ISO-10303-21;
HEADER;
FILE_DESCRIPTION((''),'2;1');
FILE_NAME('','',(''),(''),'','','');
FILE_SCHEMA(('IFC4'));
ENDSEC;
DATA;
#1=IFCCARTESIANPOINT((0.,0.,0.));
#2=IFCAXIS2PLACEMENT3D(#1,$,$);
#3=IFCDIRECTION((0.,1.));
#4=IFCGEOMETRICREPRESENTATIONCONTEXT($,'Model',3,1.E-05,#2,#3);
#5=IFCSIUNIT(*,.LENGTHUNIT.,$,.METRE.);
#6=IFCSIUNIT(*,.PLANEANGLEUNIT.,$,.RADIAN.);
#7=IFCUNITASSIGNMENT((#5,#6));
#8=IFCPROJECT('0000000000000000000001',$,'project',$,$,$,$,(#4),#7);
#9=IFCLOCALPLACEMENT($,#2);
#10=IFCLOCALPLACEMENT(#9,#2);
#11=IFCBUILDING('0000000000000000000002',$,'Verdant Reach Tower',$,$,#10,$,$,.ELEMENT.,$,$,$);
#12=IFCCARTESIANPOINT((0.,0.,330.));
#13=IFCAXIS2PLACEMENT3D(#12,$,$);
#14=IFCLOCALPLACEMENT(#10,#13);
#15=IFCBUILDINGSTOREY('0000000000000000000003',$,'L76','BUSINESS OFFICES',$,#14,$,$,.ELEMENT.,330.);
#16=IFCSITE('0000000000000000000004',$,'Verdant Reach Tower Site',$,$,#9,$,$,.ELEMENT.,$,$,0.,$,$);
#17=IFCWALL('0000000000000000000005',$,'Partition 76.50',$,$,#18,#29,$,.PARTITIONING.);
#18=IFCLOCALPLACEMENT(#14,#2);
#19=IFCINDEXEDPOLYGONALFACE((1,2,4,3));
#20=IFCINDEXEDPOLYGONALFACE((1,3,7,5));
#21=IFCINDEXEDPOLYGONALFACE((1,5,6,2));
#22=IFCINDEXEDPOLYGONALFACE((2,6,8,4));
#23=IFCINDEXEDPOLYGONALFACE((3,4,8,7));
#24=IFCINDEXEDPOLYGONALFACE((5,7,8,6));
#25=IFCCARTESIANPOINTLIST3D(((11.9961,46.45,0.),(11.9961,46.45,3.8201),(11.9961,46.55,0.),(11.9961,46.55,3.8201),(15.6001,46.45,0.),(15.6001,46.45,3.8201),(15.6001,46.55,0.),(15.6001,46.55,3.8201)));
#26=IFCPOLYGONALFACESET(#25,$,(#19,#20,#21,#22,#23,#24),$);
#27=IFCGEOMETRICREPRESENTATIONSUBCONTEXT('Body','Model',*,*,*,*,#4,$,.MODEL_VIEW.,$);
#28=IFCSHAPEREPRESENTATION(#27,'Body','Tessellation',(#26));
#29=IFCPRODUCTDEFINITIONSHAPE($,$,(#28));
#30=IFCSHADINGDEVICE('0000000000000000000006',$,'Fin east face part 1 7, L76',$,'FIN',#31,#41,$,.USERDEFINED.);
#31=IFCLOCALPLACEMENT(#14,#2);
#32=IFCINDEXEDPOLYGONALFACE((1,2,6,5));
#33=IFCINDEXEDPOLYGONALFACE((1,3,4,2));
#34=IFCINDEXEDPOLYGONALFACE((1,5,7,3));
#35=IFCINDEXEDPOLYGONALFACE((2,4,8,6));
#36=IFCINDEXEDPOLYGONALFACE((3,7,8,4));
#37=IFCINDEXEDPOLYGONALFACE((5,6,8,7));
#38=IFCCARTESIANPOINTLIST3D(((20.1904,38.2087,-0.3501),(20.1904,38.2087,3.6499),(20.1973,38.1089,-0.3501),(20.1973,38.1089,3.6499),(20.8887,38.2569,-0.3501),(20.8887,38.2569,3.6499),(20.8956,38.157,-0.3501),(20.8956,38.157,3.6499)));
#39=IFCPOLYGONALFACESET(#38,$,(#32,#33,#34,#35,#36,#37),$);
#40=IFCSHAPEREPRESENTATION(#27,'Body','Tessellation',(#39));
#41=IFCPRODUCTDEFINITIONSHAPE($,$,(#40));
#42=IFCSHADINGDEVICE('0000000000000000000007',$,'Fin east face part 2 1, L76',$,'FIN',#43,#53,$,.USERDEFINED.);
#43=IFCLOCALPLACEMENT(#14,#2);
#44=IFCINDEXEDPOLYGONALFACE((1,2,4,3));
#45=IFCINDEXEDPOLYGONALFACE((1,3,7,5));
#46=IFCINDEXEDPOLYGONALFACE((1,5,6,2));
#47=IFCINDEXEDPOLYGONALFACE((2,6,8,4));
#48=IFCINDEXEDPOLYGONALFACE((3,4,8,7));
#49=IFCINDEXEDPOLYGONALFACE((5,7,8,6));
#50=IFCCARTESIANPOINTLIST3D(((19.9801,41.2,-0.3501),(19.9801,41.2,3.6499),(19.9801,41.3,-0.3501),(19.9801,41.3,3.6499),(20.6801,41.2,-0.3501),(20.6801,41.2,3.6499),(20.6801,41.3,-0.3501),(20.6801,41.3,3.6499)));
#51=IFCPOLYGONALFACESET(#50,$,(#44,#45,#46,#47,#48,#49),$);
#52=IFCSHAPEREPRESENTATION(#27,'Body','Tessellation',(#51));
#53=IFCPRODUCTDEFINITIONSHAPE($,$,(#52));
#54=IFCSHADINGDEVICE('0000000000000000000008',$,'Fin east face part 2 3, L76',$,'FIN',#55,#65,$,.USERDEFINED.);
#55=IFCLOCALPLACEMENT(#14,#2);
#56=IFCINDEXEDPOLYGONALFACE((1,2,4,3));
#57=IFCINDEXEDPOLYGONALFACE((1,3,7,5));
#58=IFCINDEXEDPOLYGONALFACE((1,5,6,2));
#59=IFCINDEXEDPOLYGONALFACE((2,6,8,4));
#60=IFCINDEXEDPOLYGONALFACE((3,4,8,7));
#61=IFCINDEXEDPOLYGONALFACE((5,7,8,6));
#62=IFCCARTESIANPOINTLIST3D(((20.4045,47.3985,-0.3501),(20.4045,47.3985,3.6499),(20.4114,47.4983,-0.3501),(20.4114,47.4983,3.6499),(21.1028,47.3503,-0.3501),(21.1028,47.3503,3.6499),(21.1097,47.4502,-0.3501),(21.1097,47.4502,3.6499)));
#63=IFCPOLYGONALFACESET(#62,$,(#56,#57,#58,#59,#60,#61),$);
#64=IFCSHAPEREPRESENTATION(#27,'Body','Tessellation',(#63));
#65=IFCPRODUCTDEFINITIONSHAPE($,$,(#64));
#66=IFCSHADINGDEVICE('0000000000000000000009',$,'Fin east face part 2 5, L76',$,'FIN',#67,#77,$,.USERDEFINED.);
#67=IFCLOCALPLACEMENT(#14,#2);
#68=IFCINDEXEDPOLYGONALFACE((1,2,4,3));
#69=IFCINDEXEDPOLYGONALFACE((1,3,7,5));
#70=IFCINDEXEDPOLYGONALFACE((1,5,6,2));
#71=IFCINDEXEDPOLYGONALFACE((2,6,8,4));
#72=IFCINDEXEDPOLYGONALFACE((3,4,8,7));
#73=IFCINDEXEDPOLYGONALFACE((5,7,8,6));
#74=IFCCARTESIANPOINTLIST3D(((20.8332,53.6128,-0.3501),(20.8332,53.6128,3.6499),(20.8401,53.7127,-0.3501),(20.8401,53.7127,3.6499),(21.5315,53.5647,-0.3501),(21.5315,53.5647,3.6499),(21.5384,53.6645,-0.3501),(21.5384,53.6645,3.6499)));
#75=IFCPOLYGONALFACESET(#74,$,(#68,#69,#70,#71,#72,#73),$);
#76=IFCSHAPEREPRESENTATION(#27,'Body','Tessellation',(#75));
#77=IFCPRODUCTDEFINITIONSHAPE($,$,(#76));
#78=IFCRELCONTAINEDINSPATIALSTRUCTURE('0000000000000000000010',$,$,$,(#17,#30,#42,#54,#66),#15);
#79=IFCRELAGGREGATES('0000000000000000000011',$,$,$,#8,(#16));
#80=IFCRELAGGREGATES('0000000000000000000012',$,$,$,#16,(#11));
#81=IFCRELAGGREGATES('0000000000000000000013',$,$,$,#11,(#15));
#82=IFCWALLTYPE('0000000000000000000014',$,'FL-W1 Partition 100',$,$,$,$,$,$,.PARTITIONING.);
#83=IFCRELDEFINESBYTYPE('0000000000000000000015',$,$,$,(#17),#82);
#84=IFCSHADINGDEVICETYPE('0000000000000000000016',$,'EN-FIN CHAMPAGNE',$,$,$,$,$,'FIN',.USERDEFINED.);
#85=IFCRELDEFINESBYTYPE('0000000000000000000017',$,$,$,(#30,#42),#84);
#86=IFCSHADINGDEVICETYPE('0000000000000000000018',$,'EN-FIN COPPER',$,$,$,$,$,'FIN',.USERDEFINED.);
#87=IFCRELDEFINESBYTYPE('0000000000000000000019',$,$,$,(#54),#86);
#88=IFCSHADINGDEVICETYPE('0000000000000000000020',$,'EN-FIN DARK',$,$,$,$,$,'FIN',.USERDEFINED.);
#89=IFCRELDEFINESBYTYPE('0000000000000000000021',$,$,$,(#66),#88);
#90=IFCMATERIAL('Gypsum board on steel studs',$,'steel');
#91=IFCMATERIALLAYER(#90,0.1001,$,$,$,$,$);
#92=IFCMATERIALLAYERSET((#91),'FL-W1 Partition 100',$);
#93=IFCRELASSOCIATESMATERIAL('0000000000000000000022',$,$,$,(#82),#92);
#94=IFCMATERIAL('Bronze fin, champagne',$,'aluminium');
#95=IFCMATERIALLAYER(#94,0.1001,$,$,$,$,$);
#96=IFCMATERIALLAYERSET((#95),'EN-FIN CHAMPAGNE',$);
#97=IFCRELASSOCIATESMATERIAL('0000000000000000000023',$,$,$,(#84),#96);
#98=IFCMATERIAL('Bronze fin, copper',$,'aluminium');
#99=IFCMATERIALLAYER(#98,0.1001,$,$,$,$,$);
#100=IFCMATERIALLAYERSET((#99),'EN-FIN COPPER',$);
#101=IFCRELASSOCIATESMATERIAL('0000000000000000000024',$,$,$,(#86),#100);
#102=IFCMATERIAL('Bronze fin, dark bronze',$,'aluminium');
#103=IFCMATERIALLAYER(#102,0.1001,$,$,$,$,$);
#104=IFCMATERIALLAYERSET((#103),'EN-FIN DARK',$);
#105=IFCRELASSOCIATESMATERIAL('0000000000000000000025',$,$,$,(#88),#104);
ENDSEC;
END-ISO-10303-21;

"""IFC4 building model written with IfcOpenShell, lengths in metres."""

from ifc_helpers import new_model, si_unit, direction, frame, frame_2d, origin, origin_2d, place, context, subcontext, project, spatial, rectangle, extrude, material, layer, layer_set, type_object, element, save


model = new_model("IFC4")

# Units and contexts
model_context = context("Model", 3, precision=1e-05, world=origin(), true_north=direction((0.0, 1.0)))
body_context = subcontext(model_context, "Body", "Model", "MODEL_VIEW")
ifc_project = project(units=[si_unit("LENGTHUNIT", "METRE"), si_unit("PLANEANGLEUNIT", "RADIAN")], contexts=[model_context])

# Site, building, storey
site_placement = place(None, origin())
site = spatial("IfcSite", under=ifc_project, at=site_placement, Name="Verdant Reach Tower Site", CompositionType="ELEMENT", RefElevation=0.0)
building_placement = place(site_placement, origin())
building = spatial("IfcBuilding", under=site, at=building_placement, Name="Verdant Reach Tower", CompositionType="ELEMENT")
storey_placement = place(building_placement, frame((0.0, 0.0, 330.0)))
storey = spatial("IfcBuildingStorey", under=building, at=storey_placement, Name="L76", Description="BUSINESS OFFICES", CompositionType="ELEMENT", Elevation=330.0)

# Wall
ifc_material_1 = material(Name="Gypsum board on steel studs", Category="steel")
ifc_layer_1 = layer(ifc_material_1, 0.1001)
ifc_layer_set_1 = layer_set([ifc_layer_1], Name="FL-W1 Partition 100")
wall_type = type_object("IfcWallType", Name="FL-W1 Partition 100", PredefinedType="PARTITIONING", material=ifc_layer_set_1)
wall_1_placement = place(storey_placement, frame((15.6001, 46.5, 0.0), z_axis=(0.0, 0.0, 1.0), x_axis=(-1.0, 0.0, 0.0)))
element("IfcWall", 1, at=wall_1_placement, inside=storey, type_object=wall_type, Name="Partition 76.50", PredefinedType="PARTITIONING", context=body_context, shape_type="SweptSolid", body=[
    extrude(rectangle(XDim=3.604, YDim=0.1001, at=frame_2d((1.802, 0.0))), origin(), (0.0, 0.0, 1.0), 3.8201),
])

# Shading devices
ifc_material_2 = material(Name="Bronze fin, champagne", Category="aluminium")
ifc_layer_2 = layer(ifc_material_2, 0.1001)
ifc_layer_set_2 = layer_set([ifc_layer_2], Name="EN-FIN CHAMPAGNE")
shading_device_type_1 = type_object("IfcShadingDeviceType", Name="EN-FIN CHAMPAGNE", ElementType="FIN", PredefinedType="USERDEFINED", material=ifc_layer_set_2)
for number, where, z_axis, x_axis, name in (
    (2, (20.543, 38.1829, -0.3501), (0.0, 0.0, 1.0), (-0.068802, 0.99763, 0.0), "Fin east face part 1 7, L76"),
    (3, (20.3301, 41.25, -0.3501), (0.0, 0.0, 1.0), (0.0, 1.0, 0.0), "Fin east face part 2 1, L76"),
):
    element("IfcShadingDevice", number, at=place(storey_placement, frame(where, z_axis=z_axis, x_axis=x_axis)), inside=storey, type_object=shading_device_type_1, Name=name, ObjectType="FIN", PredefinedType="USERDEFINED", context=body_context, shape_type="SweptSolid", body=[
        extrude(rectangle(XDim=0.1001, YDim=0.7, at=origin_2d()), origin(), (0.0, 0.0, 1.0), 4.0),
    ])
ifc_material_3 = material(Name="Bronze fin, copper", Category="aluminium")
ifc_layer_3 = layer(ifc_material_3, 0.1001)
ifc_layer_set_3 = layer_set([ifc_layer_3], Name="EN-FIN COPPER")
shading_device_type_2 = type_object("IfcShadingDeviceType", Name="EN-FIN COPPER", ElementType="FIN", PredefinedType="USERDEFINED", material=ifc_layer_set_3)
shading_device_1_placement = place(storey_placement, frame((20.7571, 47.4243, -0.3501), z_axis=(0.0, 0.0, 1.0), x_axis=(0.068802, 0.99763, 0.0)))
element("IfcShadingDevice", 4, at=shading_device_1_placement, inside=storey, type_object=shading_device_type_2, Name="Fin east face part 2 3, L76", ObjectType="FIN", PredefinedType="USERDEFINED", context=body_context, shape_type="SweptSolid", body=[
    extrude(rectangle(XDim=0.1001, YDim=0.7, at=origin_2d()), origin(), (0.0, 0.0, 1.0), 4.0),
])
ifc_material_4 = material(Name="Bronze fin, dark bronze", Category="aluminium")
ifc_layer_4 = layer(ifc_material_4, 0.1001)
ifc_layer_set_4 = layer_set([ifc_layer_4], Name="EN-FIN DARK")
shading_device_type_3 = type_object("IfcShadingDeviceType", Name="EN-FIN DARK", ElementType="FIN", PredefinedType="USERDEFINED", material=ifc_layer_set_4)
shading_device_2_placement = place(storey_placement, frame((21.1858, 53.6387, -0.3501), z_axis=(0.0, 0.0, 1.0), x_axis=(0.068802, 0.99763, 0.0)))
element("IfcShadingDevice", 5, at=shading_device_2_placement, inside=storey, type_object=shading_device_type_3, Name="Fin east face part 2 5, L76", ObjectType="FIN", PredefinedType="USERDEFINED", context=body_context, shape_type="SweptSolid", body=[
    extrude(rectangle(XDim=0.1001, YDim=0.7, at=origin_2d()), origin(), (0.0, 0.0, 1.0), 4.0),
])

save(model, "model.ifc")
